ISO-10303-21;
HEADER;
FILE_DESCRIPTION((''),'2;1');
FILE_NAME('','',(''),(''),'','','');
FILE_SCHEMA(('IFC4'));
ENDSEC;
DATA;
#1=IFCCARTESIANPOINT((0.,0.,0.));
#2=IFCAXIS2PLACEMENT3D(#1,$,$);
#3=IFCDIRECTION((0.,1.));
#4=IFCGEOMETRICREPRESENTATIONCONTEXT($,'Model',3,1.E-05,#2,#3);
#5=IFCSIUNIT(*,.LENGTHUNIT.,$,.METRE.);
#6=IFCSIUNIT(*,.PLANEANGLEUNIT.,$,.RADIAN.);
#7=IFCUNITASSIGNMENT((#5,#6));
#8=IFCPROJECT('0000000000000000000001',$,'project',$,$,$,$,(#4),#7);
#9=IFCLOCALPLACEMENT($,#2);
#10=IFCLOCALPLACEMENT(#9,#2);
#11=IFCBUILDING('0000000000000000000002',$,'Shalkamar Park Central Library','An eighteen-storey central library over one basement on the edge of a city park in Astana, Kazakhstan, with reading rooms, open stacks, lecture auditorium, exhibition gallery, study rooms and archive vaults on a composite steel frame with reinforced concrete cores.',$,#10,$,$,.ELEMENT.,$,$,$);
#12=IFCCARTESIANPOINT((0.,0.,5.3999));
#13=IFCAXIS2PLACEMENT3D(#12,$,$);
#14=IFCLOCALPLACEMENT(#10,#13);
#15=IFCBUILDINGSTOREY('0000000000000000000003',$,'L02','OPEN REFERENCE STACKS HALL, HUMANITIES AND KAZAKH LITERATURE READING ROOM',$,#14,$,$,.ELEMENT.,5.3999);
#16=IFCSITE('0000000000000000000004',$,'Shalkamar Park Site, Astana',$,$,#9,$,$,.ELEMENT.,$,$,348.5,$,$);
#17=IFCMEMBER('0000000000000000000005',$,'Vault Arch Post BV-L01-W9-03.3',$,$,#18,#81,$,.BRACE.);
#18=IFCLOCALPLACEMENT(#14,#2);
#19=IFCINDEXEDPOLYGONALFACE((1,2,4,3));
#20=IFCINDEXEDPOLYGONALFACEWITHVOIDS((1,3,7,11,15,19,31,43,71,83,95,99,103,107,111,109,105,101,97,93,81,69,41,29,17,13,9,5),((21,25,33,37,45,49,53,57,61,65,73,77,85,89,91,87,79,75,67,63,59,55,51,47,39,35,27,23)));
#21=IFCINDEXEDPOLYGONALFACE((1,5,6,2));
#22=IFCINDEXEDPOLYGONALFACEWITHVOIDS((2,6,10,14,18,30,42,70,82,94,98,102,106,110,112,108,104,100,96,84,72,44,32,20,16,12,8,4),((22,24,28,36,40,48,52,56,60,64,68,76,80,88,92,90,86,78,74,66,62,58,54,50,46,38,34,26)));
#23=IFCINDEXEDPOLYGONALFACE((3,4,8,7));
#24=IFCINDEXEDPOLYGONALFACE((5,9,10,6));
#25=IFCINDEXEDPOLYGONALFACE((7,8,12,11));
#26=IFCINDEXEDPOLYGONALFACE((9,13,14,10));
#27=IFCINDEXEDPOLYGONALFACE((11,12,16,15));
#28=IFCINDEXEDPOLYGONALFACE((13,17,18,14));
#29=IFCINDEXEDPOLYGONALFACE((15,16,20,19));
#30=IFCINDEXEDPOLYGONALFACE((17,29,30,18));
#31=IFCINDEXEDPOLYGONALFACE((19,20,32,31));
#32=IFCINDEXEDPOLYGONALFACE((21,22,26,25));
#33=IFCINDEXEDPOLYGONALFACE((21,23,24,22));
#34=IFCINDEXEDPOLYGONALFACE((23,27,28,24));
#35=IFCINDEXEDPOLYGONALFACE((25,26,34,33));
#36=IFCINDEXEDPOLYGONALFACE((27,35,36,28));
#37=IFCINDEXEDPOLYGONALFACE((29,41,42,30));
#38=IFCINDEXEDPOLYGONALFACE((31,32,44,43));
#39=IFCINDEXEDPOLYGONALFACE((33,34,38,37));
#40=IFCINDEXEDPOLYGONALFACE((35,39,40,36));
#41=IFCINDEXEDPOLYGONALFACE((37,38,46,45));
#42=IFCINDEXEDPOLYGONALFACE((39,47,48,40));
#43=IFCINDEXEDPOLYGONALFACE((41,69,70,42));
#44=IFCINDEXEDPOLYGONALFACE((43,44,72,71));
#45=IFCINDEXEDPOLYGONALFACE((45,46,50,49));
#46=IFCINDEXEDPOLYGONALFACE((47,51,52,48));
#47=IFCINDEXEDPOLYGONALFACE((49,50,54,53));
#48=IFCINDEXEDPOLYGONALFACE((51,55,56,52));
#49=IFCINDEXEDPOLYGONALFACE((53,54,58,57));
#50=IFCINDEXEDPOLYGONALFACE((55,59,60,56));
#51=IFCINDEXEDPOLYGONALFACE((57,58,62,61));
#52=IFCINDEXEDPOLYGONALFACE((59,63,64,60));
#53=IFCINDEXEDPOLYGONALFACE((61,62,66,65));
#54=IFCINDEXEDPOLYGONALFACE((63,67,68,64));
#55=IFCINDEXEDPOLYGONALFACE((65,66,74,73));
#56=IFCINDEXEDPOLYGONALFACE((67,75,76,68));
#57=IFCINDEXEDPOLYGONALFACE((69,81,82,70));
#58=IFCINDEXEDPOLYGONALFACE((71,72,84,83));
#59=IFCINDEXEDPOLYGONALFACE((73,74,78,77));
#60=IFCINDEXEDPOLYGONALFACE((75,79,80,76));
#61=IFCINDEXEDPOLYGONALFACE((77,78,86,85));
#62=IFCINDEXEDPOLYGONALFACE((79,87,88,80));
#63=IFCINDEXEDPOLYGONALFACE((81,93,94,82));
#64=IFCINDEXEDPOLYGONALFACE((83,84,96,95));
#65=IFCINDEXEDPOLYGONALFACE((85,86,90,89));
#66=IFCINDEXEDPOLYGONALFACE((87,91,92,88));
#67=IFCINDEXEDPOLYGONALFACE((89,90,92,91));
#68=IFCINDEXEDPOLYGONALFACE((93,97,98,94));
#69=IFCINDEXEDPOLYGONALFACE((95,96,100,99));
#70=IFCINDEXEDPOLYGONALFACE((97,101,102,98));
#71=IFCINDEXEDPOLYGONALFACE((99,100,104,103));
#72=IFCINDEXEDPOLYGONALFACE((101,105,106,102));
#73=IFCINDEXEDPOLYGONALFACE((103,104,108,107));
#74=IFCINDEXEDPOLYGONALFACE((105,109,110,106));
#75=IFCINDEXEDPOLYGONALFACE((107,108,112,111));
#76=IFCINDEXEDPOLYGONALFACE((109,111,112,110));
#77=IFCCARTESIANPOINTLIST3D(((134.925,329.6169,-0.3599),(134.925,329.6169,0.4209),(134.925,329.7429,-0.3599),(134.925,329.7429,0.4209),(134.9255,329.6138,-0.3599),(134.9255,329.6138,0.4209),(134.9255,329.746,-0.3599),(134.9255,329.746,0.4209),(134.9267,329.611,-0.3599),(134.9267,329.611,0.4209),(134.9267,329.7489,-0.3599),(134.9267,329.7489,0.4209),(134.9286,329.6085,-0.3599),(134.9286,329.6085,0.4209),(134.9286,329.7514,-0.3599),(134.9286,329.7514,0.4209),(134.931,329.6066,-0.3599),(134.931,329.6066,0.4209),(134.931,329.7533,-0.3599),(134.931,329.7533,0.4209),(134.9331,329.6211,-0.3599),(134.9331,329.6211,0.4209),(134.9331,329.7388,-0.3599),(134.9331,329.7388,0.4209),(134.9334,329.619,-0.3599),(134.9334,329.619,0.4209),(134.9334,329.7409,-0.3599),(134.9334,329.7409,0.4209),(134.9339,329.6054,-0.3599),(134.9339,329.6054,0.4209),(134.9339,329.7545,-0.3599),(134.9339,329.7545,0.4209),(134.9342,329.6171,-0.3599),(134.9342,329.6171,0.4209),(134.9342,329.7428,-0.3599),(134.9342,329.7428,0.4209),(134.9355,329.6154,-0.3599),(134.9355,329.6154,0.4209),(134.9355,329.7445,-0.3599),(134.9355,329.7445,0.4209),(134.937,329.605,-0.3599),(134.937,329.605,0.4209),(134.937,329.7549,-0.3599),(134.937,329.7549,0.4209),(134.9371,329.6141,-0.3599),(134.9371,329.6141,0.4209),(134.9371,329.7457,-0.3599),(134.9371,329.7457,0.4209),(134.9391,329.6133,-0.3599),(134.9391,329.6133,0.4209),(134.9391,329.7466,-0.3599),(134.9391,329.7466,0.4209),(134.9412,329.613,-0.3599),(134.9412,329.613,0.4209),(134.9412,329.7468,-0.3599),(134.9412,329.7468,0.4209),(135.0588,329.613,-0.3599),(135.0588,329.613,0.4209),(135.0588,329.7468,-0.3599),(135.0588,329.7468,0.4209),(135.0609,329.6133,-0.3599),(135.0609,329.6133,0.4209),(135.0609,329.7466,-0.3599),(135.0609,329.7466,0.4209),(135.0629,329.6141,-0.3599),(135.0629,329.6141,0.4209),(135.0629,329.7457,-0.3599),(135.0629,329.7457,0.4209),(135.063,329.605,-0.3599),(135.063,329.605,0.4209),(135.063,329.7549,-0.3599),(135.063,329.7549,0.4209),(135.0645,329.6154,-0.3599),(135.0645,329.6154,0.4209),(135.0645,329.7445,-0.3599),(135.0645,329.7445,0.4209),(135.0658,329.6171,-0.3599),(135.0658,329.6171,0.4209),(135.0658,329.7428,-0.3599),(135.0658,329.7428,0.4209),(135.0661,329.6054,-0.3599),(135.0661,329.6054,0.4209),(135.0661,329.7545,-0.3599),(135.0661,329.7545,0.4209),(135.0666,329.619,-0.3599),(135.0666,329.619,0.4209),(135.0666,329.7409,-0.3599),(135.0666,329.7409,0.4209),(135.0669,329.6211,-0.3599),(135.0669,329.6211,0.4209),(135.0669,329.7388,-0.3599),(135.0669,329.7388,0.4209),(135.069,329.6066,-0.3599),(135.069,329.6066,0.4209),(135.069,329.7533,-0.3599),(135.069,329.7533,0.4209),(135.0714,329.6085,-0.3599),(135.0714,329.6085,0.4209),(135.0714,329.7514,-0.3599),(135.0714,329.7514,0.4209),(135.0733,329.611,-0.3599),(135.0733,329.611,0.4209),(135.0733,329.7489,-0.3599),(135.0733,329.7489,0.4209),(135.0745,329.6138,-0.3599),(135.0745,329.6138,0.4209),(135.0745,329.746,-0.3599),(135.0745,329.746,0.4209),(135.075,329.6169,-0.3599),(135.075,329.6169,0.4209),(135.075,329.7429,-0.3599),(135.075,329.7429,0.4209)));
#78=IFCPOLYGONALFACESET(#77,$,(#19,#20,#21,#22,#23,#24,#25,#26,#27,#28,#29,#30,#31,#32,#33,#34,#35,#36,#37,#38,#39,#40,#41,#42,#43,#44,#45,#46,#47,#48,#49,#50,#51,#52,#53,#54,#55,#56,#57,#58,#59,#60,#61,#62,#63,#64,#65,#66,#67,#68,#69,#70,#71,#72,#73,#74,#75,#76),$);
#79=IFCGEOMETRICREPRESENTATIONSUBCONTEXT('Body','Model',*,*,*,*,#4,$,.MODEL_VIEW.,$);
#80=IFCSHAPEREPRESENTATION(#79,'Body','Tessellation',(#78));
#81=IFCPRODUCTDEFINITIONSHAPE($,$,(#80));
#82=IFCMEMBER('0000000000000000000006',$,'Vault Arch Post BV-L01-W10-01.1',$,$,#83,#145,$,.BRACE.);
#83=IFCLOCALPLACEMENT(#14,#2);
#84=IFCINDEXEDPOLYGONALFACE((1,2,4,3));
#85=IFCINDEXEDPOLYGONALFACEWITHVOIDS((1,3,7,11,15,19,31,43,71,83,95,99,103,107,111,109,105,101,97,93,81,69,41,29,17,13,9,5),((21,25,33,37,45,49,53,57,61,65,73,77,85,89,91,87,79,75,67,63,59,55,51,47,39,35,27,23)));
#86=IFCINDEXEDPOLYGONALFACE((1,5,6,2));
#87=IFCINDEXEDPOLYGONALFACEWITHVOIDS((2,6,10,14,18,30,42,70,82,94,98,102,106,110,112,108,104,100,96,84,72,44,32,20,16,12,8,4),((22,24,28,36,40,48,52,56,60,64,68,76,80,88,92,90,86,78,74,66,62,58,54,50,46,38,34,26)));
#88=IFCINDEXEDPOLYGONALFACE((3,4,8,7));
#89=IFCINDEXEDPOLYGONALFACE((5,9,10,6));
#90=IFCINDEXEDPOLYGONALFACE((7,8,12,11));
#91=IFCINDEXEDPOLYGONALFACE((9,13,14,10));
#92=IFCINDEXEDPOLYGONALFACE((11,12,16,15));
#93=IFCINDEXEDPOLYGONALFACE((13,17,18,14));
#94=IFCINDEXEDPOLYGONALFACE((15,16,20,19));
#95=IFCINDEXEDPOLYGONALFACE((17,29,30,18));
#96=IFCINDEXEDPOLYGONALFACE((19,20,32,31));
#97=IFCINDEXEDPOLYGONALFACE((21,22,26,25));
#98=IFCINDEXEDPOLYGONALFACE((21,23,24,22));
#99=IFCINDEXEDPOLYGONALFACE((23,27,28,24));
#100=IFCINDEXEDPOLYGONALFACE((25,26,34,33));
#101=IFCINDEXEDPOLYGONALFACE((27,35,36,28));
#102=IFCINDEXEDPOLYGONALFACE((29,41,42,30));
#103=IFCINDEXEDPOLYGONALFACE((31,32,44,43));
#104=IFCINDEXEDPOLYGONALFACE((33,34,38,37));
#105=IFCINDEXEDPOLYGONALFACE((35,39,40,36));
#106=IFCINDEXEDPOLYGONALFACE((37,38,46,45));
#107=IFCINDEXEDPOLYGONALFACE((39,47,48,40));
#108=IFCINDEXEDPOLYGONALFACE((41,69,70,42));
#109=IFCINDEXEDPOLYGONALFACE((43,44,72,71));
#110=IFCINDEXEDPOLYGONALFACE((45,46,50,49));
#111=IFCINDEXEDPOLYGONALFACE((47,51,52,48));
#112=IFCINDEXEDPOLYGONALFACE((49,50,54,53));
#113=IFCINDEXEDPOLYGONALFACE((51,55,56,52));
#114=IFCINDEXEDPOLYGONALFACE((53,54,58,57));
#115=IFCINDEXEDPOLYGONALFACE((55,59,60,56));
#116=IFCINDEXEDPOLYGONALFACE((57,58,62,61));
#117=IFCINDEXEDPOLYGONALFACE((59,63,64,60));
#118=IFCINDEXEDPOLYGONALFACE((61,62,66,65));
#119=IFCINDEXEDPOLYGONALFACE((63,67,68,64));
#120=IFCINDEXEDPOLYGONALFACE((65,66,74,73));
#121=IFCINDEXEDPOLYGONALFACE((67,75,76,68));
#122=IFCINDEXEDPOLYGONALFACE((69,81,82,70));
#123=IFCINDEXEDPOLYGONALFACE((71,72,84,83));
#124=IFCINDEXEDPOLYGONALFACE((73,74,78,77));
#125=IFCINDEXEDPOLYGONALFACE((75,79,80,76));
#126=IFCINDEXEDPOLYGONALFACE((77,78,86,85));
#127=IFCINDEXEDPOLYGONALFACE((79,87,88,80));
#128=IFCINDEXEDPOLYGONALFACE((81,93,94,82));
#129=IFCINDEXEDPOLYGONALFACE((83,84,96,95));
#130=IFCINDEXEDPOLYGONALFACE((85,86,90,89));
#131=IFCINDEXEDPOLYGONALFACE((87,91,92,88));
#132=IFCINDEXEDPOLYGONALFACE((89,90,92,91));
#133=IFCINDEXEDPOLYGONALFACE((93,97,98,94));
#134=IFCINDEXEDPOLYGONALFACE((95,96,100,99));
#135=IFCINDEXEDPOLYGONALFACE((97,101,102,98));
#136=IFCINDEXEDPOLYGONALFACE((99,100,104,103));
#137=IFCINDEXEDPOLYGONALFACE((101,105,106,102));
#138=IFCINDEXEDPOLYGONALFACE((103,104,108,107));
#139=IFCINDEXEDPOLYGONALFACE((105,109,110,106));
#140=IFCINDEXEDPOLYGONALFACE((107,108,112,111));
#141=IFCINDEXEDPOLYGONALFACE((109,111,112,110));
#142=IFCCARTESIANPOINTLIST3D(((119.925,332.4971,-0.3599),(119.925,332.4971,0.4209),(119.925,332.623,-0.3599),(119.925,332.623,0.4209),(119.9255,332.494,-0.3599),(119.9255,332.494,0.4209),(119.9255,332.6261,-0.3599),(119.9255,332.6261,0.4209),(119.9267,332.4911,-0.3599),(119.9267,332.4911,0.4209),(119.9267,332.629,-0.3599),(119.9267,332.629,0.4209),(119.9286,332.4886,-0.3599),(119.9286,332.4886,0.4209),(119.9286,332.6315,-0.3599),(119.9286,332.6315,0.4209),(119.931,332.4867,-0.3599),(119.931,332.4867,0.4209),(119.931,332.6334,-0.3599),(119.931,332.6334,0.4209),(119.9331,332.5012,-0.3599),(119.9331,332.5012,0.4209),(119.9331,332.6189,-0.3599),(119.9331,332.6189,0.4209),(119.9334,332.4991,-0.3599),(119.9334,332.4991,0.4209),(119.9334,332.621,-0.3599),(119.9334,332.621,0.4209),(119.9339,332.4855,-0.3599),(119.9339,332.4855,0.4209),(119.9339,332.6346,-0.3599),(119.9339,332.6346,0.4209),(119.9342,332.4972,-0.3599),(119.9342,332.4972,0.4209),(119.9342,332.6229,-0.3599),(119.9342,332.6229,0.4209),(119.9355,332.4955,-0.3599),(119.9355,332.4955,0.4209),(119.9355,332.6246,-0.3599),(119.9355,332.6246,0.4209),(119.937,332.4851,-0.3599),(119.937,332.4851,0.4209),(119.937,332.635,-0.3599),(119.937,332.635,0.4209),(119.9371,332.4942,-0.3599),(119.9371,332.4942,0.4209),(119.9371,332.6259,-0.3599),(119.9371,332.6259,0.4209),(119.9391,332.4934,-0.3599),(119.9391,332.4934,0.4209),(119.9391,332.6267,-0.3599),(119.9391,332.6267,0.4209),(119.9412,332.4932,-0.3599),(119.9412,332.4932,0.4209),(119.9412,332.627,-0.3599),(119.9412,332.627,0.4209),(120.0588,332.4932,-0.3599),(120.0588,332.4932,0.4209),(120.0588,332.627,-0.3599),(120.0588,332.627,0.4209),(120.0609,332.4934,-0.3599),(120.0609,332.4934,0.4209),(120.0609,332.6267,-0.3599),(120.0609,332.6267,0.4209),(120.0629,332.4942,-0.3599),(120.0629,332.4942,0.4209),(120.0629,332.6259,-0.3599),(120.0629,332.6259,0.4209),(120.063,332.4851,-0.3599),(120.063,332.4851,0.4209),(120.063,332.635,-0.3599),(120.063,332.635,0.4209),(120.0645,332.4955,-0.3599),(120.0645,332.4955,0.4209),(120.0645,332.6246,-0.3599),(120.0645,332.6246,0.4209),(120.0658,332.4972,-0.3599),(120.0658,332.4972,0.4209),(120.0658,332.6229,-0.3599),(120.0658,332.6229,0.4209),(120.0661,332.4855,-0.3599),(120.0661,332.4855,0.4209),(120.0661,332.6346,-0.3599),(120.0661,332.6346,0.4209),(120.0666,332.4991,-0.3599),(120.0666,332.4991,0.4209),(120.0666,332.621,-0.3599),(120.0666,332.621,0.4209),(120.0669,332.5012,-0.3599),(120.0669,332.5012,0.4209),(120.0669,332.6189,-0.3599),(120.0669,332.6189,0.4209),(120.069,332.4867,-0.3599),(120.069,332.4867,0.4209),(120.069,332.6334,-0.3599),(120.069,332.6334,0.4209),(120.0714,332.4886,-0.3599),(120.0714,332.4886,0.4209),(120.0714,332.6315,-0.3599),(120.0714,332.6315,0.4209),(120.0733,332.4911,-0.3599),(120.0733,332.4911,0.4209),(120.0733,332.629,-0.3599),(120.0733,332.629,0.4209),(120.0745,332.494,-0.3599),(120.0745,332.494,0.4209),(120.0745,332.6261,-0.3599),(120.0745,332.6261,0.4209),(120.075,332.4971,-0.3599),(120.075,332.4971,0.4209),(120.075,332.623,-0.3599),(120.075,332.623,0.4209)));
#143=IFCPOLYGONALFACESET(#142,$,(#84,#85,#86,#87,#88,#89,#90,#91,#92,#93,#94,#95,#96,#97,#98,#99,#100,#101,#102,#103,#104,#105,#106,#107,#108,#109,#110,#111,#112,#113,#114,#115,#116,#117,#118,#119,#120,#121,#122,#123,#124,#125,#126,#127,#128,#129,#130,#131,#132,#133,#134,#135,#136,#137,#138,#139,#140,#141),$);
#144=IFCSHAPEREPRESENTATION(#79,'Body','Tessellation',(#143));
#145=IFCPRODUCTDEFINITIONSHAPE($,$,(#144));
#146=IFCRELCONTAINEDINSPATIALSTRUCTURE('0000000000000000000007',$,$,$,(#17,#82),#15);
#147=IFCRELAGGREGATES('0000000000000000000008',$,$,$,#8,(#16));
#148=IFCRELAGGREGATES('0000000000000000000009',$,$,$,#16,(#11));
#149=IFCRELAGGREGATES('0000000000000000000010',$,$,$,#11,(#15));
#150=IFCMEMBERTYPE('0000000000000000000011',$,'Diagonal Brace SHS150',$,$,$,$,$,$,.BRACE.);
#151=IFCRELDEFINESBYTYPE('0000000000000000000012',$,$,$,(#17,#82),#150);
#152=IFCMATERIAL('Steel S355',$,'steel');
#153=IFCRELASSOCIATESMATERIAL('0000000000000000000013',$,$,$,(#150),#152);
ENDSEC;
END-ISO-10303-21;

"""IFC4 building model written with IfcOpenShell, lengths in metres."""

from ifc_helpers import new_model, si_unit, direction, frame, origin, origin_2d, place, context, subcontext, project, spatial, hollow_rectangle, extrude, material, material_profile, profile_set, type_object, element, save


model = new_model("IFC4")

# Units and contexts
model_context = context("Model", 3, precision=1e-05, world=origin(), true_north=direction((0.0, 1.0)))
body_context = subcontext(model_context, "Body", "Model", "MODEL_VIEW")
ifc_project = project(units=[si_unit("LENGTHUNIT", "METRE"), si_unit("PLANEANGLEUNIT", "RADIAN")], contexts=[model_context])

# Site, building, storey
site_placement = place(None, origin())
site = spatial("IfcSite", under=ifc_project, at=site_placement, Name="Shalkamar Park Site, Astana", CompositionType="ELEMENT", RefElevation=348.5)
building_placement = place(site_placement, origin())
building = spatial("IfcBuilding", under=site, at=building_placement, Name="Shalkamar Park Central Library", Description="An eighteen-storey central library over one basement on the edge of a city park in Astana, Kazakhstan, with reading rooms, open stacks, lecture auditorium, exhibition gallery, study rooms and archive vaults on a composite steel frame with reinforced concrete cores.", CompositionType="ELEMENT")
storey_placement = place(building_placement, frame((0.0, 0.0, 5.3999)))
storey = spatial("IfcBuildingStorey", under=building, at=storey_placement, Name="L02", Description="OPEN REFERENCE STACKS HALL, HUMANITIES AND KAZAKH LITERATURE READING ROOM", CompositionType="ELEMENT", Elevation=5.3999)

# Shared definitions
ifc_material_1 = material(Name="Steel S355", Category="steel")

# Members
ifc_material_profile_1 = material_profile(ifc_material_1, hollow_rectangle(XDim=0.1499, YDim=0.1499, WallThickness=0.0081, InnerFilletRadius=0.0081, OuterFilletRadius=0.012, at=origin_2d()), Name="SHS 150x150x8")
ifc_profile_set_1 = profile_set([ifc_material_profile_1], Name="Steel S355")
member_type_1 = type_object("IfcMemberType", Name="Diagonal Brace SHS150", PredefinedType="BRACE", material=ifc_profile_set_1)
for number, where, z_axis, x_axis, name in (
    (1, (135.0, 329.6799, -0.3599), (0.0, 0.0, 1.0), (1.0, 0.0, 0.0), "Vault Arch Post BV-L01-W9-03.3"),
    (2, (120.0, 332.5601, -0.3599), (0.0, 0.0, 1.0), (1.0, 0.0, 0.0), "Vault Arch Post BV-L01-W10-01.1"),
):
    element("IfcMember", number, at=place(storey_placement, frame(where, z_axis=z_axis, x_axis=x_axis)), inside=storey, type_object=member_type_1, Name=name, PredefinedType="BRACE", context=body_context, shape_type="SweptSolid", body=[
        extrude(hollow_rectangle(XDim=0.1499, YDim=0.1499, WallThickness=0.0081, InnerFilletRadius=0.0081, OuterFilletRadius=0.012, at=origin_2d()), origin(), (0.0, 0.0, 1.0), 0.7808),
    ])

save(model, "model.ifc")
